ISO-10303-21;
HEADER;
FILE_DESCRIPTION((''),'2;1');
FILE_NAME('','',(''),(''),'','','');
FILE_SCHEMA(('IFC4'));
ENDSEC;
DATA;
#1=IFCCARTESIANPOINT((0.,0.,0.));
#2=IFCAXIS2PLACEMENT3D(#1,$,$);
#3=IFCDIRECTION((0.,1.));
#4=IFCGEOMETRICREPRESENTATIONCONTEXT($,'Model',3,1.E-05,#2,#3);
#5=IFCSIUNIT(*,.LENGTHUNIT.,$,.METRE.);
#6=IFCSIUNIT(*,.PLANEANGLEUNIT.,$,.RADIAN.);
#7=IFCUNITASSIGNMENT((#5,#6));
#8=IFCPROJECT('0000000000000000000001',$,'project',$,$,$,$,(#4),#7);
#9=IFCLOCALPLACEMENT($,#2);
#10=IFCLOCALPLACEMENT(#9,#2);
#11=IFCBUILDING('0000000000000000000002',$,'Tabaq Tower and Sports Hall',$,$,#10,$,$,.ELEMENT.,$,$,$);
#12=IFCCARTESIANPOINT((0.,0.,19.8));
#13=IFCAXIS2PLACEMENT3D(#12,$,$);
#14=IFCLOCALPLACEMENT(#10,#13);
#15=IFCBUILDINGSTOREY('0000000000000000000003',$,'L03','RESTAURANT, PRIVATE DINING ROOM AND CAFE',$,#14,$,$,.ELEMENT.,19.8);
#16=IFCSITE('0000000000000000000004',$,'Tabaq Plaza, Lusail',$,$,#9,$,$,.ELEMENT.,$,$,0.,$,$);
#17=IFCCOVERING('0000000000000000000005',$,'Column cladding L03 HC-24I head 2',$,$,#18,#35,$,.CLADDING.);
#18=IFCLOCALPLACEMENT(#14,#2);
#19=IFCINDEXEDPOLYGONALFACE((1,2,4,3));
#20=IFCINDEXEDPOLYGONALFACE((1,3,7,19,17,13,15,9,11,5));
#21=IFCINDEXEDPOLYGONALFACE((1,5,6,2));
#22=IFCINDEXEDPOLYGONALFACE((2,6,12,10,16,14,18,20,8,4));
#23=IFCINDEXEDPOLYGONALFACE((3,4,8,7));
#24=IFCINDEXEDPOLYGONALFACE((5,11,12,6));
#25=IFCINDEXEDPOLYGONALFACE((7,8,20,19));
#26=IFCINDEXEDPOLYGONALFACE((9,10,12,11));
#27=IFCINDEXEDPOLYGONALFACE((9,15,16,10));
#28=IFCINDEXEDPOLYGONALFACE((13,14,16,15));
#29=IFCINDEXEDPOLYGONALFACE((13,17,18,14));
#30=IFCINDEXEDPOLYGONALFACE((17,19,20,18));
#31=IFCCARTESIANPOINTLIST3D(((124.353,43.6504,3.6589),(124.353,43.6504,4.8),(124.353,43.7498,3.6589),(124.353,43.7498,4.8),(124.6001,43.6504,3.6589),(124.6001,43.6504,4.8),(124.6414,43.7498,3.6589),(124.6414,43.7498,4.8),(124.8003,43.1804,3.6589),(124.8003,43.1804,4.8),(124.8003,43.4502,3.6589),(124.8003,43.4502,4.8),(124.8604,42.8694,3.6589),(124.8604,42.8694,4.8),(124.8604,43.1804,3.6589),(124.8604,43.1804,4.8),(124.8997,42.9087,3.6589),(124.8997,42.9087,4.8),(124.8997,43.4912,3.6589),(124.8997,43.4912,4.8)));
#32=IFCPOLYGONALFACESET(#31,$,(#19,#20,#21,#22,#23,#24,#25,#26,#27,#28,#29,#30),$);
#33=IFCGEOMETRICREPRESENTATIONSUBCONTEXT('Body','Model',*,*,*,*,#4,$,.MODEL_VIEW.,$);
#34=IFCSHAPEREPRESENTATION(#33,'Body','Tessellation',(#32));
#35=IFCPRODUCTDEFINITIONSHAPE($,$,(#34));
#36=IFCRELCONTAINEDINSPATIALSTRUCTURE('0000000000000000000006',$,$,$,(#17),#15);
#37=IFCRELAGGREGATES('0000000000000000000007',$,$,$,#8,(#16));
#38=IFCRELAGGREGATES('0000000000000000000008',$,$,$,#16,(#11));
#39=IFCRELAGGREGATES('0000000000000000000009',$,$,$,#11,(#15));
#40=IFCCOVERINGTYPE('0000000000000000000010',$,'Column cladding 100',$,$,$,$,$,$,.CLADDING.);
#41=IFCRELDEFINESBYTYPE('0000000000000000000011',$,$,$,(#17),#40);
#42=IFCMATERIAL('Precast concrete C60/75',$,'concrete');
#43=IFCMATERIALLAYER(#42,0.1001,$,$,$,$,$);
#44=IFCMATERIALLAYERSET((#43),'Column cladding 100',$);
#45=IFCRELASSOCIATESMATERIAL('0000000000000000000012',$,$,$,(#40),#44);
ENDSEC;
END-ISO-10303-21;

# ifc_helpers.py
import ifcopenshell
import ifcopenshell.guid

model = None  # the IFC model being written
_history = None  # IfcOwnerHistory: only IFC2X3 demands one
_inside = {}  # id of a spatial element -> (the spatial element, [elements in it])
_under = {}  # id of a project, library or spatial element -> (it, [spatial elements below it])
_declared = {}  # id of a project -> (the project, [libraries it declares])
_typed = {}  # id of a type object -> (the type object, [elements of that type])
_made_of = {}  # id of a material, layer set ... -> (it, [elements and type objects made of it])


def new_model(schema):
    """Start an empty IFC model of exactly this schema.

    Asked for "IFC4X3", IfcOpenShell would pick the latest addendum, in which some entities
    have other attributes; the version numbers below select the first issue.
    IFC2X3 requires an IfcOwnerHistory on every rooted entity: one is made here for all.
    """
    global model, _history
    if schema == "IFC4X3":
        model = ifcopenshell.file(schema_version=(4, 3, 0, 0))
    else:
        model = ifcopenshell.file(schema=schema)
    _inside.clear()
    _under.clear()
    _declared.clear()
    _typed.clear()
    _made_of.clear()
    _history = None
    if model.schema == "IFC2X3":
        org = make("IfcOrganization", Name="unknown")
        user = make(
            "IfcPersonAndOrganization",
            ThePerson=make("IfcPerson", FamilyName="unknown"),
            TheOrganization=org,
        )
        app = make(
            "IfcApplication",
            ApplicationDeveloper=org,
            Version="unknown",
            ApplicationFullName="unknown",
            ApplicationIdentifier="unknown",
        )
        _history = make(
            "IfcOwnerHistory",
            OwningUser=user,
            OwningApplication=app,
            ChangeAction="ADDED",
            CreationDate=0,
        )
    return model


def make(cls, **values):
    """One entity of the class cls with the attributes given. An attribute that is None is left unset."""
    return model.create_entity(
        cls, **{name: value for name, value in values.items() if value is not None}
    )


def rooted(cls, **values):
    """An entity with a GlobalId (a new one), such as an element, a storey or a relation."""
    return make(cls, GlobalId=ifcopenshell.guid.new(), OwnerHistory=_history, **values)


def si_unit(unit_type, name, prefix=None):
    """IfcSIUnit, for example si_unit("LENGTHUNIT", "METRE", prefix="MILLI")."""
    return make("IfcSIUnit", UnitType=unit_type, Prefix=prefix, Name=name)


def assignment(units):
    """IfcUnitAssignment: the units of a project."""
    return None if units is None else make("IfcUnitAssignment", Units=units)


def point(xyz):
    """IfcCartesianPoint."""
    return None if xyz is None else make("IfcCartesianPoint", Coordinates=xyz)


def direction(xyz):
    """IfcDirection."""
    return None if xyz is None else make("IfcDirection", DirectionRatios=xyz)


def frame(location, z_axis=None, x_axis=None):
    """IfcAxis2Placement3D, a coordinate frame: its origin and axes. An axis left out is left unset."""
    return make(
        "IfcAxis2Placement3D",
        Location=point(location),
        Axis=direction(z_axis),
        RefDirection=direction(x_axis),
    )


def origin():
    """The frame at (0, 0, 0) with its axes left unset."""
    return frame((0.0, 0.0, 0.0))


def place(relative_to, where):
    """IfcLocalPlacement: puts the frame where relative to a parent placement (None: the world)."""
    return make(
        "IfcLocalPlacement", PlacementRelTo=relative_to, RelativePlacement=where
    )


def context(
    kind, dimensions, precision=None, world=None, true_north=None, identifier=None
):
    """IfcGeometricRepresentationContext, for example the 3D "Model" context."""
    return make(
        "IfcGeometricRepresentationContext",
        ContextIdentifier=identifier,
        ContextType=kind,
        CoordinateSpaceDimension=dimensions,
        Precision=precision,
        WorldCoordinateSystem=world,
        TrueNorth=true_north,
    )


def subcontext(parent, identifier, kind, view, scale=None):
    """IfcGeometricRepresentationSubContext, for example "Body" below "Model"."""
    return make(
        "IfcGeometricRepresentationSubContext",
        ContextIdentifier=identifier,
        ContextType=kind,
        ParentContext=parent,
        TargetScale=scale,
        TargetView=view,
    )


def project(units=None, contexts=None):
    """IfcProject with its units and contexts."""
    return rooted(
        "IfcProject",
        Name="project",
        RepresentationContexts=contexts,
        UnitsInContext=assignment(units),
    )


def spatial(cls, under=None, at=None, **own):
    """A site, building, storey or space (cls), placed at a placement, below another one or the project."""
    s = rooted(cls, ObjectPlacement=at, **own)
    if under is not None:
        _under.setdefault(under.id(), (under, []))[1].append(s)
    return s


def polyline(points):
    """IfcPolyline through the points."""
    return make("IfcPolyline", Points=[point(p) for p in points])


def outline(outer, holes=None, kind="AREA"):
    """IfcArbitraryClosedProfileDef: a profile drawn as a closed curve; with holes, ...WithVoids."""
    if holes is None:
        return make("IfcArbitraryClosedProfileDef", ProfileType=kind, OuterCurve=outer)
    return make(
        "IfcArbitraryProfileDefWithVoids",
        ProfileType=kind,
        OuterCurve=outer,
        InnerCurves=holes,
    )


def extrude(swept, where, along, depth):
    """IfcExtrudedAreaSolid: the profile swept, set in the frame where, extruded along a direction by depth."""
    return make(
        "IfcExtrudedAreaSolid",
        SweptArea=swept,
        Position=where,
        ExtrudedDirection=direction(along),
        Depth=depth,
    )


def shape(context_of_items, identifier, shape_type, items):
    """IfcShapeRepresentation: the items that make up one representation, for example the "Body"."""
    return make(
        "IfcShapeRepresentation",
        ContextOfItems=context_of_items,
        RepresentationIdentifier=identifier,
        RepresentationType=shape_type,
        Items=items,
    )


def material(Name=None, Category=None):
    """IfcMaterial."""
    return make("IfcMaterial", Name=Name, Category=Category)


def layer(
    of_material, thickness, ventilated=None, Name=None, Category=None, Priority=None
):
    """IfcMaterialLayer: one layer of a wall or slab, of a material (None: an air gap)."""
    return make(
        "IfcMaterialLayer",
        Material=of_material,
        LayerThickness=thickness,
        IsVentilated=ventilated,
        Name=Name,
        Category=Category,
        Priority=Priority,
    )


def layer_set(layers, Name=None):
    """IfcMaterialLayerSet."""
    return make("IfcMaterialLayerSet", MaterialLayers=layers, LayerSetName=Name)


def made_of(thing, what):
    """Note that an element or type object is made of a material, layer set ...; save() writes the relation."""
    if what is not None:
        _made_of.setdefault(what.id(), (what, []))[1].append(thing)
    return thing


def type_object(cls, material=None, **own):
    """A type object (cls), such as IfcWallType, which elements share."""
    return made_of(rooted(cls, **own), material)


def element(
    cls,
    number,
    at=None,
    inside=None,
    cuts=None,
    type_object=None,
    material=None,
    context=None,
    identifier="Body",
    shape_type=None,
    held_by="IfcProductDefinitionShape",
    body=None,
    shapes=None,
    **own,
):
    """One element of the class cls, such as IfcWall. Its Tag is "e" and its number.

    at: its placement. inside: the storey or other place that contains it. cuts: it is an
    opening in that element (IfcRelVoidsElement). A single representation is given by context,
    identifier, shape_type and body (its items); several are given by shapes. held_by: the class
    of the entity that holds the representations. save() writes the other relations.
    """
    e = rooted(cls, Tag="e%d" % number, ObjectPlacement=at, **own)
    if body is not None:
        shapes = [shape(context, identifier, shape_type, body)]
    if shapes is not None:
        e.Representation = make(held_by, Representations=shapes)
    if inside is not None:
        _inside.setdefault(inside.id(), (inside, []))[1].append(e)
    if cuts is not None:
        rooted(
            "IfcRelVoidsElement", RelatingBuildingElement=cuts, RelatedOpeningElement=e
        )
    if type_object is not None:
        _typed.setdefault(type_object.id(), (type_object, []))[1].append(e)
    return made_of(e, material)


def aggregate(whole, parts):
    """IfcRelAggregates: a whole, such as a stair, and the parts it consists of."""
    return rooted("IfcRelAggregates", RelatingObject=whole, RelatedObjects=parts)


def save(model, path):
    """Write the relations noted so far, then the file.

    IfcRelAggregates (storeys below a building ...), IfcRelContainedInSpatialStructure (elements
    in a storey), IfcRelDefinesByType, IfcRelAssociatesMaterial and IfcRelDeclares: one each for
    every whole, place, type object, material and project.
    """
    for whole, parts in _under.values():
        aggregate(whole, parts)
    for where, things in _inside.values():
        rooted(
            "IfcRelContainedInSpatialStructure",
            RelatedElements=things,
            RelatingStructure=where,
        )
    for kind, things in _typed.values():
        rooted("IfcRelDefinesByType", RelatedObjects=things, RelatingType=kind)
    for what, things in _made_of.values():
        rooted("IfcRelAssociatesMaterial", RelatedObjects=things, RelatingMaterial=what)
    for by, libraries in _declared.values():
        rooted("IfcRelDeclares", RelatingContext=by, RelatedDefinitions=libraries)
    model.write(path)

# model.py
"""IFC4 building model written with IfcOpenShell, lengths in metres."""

from ifc_helpers import new_model, si_unit, direction, frame, origin, place, context, subcontext, project, spatial, polyline, outline, extrude, material, layer, layer_set, type_object, element, save


model = new_model("IFC4")

# Units and contexts
model_context = context("Model", 3, precision=1e-05, world=origin(), true_north=direction((0.0, 1.0)))
body_context = subcontext(model_context, "Body", "Model", "MODEL_VIEW")
ifc_project = project(units=[si_unit("LENGTHUNIT", "METRE"), si_unit("PLANEANGLEUNIT", "RADIAN")], contexts=[model_context])

# Site, building, storey
site_placement = place(None, origin())
site = spatial("IfcSite", under=ifc_project, at=site_placement, Name="Tabaq Plaza, Lusail", CompositionType="ELEMENT", RefElevation=0.0)
building_placement = place(site_placement, origin())
building = spatial("IfcBuilding", under=site, at=building_placement, Name="Tabaq Tower and Sports Hall", CompositionType="ELEMENT")
storey_placement = place(building_placement, frame((0.0, 0.0, 19.8)))
storey = spatial("IfcBuildingStorey", under=building, at=storey_placement, Name="L03", Description="RESTAURANT, PRIVATE DINING ROOM AND CAFE", CompositionType="ELEMENT", Elevation=19.8)

# Covering
ifc_material = material(Name="Precast concrete C60/75", Category="concrete")
ifc_layer = layer(ifc_material, 0.1001)
ifc_layer_set = layer_set([ifc_layer], Name="Column cladding 100")
covering_type = type_object("IfcCoveringType", Name="Column cladding 100", PredefinedType="CLADDING", material=ifc_layer_set)
covering_1_placement = place(storey_placement, frame((0.0, 0.0, 3.6589)))
element("IfcCovering", 1, at=covering_1_placement, inside=storey, type_object=covering_type, Name="Column cladding L03 HC-24I head 2", PredefinedType="CLADDING", context=body_context, shape_type="SweptSolid", body=[
    extrude(outline(polyline([(124.6414, 43.7498), (124.8997, 43.4912), (124.8997, 42.9087), (124.8604, 42.8694), (124.8604, 43.1804), (124.8003, 43.1804), (124.8003, 43.4502), (124.6001, 43.6504), (124.353, 43.6504), (124.353, 43.7498), (124.6414, 43.7498)])), origin(), (0.0, 0.0, 1.0), 1.1411),
])

save(model, "model.ifc")
